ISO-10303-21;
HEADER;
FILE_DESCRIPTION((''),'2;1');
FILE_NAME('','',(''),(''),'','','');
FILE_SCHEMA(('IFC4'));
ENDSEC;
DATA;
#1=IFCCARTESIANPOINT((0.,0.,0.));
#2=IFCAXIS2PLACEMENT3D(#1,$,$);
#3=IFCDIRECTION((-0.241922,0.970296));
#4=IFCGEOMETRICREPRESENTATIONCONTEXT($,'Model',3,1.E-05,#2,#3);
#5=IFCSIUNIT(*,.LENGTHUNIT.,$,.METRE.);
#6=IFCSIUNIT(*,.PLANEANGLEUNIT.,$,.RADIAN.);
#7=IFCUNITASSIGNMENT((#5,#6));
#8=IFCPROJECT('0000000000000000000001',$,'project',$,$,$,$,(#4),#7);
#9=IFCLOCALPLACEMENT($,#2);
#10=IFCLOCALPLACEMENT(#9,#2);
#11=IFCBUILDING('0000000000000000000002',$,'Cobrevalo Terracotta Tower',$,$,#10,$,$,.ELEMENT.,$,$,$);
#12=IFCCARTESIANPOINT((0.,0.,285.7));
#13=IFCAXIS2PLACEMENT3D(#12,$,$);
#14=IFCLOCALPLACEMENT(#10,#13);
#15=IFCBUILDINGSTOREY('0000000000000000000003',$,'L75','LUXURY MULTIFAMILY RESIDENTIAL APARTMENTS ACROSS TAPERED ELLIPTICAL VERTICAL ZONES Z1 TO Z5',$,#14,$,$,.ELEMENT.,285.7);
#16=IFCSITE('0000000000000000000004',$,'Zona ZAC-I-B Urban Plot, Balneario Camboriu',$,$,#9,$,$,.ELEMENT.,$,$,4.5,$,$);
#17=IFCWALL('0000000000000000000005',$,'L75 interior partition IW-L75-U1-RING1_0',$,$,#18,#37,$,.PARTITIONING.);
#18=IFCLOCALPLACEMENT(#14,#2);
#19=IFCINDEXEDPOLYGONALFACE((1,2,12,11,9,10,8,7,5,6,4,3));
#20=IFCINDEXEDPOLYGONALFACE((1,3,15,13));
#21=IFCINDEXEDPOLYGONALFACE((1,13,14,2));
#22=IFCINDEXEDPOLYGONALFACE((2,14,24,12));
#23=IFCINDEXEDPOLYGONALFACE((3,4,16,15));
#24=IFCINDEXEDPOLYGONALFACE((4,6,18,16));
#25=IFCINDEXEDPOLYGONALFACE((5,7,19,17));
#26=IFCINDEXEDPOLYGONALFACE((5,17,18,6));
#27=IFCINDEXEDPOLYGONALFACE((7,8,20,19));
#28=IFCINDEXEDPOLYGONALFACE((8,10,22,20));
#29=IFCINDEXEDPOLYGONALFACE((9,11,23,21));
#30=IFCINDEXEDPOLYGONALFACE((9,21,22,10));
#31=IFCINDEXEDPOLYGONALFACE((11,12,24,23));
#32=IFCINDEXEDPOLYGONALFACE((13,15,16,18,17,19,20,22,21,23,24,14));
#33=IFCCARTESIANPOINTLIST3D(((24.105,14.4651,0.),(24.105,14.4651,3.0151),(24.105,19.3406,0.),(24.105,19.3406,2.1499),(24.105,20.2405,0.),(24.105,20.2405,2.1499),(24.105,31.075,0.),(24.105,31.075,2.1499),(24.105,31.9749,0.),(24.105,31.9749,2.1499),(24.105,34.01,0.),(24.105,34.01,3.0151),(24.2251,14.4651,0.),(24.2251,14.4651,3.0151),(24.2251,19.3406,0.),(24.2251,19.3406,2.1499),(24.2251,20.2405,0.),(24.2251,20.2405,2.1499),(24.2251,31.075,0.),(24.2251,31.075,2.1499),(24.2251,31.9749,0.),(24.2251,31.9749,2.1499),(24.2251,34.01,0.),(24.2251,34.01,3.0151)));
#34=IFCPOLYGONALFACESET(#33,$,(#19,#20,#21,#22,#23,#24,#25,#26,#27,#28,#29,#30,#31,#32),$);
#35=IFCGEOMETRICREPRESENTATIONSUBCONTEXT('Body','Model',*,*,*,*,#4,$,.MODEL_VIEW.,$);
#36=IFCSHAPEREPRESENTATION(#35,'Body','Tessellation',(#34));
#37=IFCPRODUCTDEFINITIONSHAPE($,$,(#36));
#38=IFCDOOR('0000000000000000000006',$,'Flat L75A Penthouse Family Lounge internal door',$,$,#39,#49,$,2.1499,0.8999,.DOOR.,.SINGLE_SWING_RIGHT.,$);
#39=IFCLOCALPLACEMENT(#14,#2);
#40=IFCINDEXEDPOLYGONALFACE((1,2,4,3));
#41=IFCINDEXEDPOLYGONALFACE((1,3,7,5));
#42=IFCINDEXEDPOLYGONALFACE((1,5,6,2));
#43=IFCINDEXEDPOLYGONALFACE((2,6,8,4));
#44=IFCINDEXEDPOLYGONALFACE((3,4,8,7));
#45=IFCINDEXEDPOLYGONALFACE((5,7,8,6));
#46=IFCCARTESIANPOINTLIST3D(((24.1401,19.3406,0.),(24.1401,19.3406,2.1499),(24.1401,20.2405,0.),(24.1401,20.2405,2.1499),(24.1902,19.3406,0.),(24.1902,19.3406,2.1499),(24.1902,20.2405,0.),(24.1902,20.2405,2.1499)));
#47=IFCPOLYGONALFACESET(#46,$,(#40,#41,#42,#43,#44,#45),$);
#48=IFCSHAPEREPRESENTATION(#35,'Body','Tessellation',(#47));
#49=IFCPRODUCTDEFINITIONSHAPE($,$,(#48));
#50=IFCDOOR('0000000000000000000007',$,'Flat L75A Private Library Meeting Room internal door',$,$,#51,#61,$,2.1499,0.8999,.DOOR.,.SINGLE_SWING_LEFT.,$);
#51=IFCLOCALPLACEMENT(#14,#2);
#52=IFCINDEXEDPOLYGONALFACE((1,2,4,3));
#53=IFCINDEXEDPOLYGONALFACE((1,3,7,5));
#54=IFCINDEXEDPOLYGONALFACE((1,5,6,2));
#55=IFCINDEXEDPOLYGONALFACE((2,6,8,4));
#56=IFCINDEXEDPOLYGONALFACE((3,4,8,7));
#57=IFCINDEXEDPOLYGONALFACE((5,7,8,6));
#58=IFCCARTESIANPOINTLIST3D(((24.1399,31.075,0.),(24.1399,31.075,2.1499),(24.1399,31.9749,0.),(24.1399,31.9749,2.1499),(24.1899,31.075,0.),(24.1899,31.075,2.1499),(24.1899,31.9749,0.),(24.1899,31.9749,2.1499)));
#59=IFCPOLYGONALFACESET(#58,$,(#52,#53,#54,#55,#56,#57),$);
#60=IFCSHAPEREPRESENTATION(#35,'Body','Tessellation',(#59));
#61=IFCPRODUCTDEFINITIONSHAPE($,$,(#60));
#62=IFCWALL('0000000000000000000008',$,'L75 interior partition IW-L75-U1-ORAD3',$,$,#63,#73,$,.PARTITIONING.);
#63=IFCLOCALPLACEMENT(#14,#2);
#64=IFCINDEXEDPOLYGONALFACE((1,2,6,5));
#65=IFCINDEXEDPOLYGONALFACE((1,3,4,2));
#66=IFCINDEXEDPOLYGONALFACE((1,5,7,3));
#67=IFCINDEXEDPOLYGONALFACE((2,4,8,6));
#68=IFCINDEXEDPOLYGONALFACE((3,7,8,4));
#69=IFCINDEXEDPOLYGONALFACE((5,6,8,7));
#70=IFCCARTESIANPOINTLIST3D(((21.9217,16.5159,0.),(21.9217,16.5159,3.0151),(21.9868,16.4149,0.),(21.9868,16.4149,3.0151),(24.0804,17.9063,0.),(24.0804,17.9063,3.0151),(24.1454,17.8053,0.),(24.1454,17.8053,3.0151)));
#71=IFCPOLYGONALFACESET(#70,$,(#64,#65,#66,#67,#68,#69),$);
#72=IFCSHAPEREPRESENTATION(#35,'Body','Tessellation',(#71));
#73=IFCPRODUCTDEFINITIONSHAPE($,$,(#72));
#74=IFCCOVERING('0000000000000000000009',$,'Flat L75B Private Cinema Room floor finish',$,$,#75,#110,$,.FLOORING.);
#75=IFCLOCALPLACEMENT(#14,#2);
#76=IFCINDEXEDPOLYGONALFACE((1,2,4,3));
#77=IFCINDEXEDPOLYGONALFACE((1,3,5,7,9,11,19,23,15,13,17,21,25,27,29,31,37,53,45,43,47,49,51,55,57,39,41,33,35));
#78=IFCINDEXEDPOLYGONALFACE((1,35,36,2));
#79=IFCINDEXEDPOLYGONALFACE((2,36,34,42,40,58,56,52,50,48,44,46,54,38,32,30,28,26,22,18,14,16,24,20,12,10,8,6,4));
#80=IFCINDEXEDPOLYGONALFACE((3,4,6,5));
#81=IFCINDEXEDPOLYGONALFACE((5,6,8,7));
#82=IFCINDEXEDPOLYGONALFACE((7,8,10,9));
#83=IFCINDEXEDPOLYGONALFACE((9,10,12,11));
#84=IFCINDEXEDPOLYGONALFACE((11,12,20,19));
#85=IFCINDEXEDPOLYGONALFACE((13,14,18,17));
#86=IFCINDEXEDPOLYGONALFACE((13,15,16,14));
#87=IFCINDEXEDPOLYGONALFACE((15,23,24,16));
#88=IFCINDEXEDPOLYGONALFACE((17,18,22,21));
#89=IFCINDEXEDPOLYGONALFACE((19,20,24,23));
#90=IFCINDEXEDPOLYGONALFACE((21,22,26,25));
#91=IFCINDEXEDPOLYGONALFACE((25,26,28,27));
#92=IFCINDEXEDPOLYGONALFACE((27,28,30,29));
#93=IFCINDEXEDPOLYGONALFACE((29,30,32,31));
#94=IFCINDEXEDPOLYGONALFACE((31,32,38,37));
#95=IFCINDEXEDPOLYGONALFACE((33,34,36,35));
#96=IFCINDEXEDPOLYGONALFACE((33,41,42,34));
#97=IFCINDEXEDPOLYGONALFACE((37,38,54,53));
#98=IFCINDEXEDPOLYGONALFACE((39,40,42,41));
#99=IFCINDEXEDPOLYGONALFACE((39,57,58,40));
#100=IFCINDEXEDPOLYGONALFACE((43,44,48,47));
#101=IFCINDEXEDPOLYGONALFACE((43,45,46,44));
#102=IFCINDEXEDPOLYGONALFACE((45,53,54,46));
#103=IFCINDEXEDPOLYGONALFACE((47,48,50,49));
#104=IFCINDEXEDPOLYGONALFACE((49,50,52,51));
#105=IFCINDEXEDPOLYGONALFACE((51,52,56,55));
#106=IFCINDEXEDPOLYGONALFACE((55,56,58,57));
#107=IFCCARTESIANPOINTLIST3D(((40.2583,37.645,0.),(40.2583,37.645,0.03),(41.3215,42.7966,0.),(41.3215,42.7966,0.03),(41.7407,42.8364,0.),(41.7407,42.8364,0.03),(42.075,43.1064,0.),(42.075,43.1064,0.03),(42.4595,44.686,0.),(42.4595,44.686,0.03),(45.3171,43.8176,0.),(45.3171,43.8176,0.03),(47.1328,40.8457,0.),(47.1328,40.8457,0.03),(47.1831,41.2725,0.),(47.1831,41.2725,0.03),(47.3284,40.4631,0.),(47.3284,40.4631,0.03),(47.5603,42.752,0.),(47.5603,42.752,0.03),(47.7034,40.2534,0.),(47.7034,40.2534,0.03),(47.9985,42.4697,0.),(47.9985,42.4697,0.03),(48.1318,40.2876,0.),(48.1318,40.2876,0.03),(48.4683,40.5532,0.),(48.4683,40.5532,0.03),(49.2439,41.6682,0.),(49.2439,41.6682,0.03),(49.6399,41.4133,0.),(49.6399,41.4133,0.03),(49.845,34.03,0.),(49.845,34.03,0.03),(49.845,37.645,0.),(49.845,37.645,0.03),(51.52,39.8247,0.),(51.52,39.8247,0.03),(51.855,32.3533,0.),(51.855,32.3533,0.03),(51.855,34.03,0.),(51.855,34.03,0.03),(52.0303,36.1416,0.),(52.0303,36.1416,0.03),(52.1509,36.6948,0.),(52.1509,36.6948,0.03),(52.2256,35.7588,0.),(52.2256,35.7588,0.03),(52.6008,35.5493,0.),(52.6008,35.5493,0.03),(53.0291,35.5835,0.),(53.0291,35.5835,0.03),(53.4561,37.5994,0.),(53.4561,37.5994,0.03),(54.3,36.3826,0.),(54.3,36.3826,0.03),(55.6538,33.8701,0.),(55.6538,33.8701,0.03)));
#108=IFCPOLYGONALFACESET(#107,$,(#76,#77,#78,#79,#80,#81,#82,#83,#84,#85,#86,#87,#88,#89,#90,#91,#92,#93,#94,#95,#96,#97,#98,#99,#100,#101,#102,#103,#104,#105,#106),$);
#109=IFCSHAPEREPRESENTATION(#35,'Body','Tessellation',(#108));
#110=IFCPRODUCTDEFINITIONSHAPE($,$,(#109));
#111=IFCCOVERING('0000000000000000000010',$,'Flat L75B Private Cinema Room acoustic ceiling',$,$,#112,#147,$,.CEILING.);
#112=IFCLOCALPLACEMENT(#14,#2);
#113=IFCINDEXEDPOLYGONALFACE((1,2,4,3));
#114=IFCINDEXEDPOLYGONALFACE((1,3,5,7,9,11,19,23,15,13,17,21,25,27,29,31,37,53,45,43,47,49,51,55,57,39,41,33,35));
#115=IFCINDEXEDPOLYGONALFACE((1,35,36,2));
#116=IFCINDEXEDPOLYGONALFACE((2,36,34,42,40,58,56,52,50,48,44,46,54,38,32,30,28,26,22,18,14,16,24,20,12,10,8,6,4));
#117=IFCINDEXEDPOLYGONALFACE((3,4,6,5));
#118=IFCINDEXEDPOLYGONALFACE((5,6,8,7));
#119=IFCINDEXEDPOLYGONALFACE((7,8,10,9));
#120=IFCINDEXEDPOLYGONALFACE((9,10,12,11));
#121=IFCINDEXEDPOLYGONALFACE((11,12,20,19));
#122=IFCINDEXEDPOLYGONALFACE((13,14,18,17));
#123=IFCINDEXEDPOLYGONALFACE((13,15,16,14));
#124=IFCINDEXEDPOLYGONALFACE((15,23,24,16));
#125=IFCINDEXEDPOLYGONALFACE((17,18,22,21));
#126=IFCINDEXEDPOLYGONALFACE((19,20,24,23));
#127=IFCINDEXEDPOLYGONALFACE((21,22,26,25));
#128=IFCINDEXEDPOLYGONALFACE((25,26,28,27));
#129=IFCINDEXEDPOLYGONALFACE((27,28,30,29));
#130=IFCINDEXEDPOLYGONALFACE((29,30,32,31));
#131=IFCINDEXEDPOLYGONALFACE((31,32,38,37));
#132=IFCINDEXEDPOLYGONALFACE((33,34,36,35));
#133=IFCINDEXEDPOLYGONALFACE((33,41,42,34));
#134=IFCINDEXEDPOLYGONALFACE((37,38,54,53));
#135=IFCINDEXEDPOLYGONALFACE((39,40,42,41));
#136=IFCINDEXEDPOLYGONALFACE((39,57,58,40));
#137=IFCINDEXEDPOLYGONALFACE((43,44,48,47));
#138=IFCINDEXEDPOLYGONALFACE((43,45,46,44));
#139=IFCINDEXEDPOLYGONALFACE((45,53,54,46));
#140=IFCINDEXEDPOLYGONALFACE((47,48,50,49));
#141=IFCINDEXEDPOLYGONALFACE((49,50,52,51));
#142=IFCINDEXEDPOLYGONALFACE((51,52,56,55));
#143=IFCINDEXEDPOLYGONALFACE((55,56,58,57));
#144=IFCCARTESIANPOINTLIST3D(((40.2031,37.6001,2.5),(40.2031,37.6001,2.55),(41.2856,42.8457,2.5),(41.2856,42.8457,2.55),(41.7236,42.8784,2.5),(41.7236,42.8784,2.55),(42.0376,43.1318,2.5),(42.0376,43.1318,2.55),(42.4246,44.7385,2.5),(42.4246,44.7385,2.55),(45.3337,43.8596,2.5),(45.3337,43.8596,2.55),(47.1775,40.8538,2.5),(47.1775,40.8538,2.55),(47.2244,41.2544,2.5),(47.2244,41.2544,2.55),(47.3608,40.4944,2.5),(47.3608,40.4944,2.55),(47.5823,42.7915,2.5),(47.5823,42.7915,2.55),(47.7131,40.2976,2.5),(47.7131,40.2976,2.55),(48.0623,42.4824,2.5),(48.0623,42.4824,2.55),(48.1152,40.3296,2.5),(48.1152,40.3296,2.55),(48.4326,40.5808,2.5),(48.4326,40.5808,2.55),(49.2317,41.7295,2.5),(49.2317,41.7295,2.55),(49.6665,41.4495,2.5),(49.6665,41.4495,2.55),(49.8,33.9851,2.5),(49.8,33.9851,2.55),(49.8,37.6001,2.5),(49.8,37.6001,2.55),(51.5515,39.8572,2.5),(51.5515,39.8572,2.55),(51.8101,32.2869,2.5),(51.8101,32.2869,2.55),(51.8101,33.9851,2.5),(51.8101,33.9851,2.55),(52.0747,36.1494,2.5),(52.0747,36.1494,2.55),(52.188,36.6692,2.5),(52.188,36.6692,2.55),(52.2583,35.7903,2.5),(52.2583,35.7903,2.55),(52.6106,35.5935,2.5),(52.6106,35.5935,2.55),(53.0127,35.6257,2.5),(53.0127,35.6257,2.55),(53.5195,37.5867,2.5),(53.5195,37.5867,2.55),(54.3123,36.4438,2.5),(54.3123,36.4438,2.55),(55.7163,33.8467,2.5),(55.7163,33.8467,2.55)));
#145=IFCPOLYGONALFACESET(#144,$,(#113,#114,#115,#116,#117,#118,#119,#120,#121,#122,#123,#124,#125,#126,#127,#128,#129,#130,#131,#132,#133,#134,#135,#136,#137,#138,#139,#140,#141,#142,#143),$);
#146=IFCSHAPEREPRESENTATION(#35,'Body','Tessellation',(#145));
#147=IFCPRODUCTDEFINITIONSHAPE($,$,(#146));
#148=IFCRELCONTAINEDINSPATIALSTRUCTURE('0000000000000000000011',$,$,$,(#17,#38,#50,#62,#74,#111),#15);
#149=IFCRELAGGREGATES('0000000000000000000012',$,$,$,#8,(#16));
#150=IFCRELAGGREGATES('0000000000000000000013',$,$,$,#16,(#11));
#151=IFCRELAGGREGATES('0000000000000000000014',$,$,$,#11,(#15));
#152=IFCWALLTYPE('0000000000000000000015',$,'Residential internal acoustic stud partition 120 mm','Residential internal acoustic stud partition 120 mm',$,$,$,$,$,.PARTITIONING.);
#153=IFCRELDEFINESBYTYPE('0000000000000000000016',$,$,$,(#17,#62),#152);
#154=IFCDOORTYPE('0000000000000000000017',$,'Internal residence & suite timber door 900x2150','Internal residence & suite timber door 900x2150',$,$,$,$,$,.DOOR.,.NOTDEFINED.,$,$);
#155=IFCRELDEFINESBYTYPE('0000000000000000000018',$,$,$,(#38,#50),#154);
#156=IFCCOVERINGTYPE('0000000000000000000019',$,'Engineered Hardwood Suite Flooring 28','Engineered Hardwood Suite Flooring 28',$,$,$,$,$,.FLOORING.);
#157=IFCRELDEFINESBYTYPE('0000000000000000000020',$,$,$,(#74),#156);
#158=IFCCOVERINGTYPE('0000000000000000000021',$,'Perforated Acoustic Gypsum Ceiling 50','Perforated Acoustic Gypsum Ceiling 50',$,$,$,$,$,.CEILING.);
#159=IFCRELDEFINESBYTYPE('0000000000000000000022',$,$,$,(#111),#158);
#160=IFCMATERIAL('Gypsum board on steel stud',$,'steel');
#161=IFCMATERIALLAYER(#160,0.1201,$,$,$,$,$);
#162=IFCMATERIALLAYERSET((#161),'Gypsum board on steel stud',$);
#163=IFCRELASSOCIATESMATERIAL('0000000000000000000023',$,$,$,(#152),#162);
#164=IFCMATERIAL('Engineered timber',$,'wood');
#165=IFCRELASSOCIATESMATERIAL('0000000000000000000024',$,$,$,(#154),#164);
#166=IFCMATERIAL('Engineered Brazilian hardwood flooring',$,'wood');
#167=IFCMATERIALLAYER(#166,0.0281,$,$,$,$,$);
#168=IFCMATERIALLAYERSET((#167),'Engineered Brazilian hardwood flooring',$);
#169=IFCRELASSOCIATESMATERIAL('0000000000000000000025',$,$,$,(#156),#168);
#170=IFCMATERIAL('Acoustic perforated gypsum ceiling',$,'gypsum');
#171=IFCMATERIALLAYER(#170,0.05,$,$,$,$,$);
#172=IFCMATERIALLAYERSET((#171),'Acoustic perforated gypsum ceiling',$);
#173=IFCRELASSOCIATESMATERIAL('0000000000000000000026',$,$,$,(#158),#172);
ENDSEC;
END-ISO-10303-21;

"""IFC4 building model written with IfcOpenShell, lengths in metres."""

from ifc_helpers import new_model, si_unit, direction, frame, frame_2d, origin, place, context, subcontext, project, spatial, polyline, rectangle, outline, extrude, source, transform, mapped, material, layer, layer_set, type_object, element, fill, save


model = new_model("IFC4")

# Units and contexts
model_context = context("Model", 3, precision=1e-05, world=origin(), true_north=direction((-0.241922, 0.970296)))
body_context = subcontext(model_context, "Body", "Model", "MODEL_VIEW")
ifc_project = project(units=[si_unit("LENGTHUNIT", "METRE"), si_unit("PLANEANGLEUNIT", "RADIAN")], contexts=[model_context])

# Site, building, storey
site_placement = place(None, origin())
site = spatial("IfcSite", under=ifc_project, at=site_placement, Name="Zona ZAC-I-B Urban Plot, Balneario Camboriu", CompositionType="ELEMENT", RefElevation=4.5)
building_placement = place(site_placement, origin())
building = spatial("IfcBuilding", under=site, at=building_placement, Name="Cobrevalo Terracotta Tower", CompositionType="ELEMENT")
storey_placement = place(building_placement, frame((0.0, 0.0, 285.7)))
storey = spatial("IfcBuildingStorey", under=building, at=storey_placement, Name="L75", Description="LUXURY MULTIFAMILY RESIDENTIAL APARTMENTS ACROSS TAPERED ELLIPTICAL VERTICAL ZONES Z1 TO Z5", CompositionType="ELEMENT", Elevation=285.7)

# Wall, openings, doors
ifc_material_1 = material(Name="Gypsum board on steel stud", Category="steel")
ifc_layer_1 = layer(ifc_material_1, 0.1201)
ifc_layer_set_1 = layer_set([ifc_layer_1], Name="Gypsum board on steel stud")
wall_type_1 = type_object("IfcWallType", Name="Residential internal acoustic stud partition 120 mm", Description="Residential internal acoustic stud partition 120 mm", PredefinedType="PARTITIONING", material=ifc_layer_set_1)
wall_1_placement = place(storey_placement, frame((24.165, 14.4651, 0.0), z_axis=(0.0, 0.0, 1.0), x_axis=(0.0, 1.0, 0.0)))
wall_1 = element("IfcWall", 1, at=wall_1_placement, inside=storey, type_object=wall_type_1, Name="L75 interior partition IW-L75-U1-RING1_0", PredefinedType="PARTITIONING", context=body_context, shape_type="SweptSolid", body=[
    extrude(rectangle(XDim=19.5449, YDim=0.1201, at=frame_2d((9.7725, 0.0))), origin(), (0.0, 0.0, 1.0), 3.0151),
])
opening_1_placement = place(wall_1_placement, frame((4.8755, 0.0, 0.0)))
opening_1 = element("IfcOpeningElement", 2, at=opening_1_placement, cuts=wall_1, PredefinedType="OPENING", context=body_context, shape_type="SweptSolid", body=[
    extrude(rectangle(XDim=0.8999, YDim=2.1499, at=frame_2d((0.45, 1.075))), frame((0.0, 0.0701, 0.0), z_axis=(0.0, -1.0, 0.0), x_axis=(1.0, 0.0, 0.0)), (0.0, 0.0, 1.0), 0.1401),
])
opening_2_placement = place(wall_1_placement, frame((16.6099, 0.0, 0.0)))
opening_2 = element("IfcOpeningElement", 3, at=opening_2_placement, cuts=wall_1, PredefinedType="OPENING", context=body_context, shape_type="SweptSolid", body=[
    extrude(rectangle(XDim=0.8999, YDim=2.1499, at=frame_2d((0.45, 1.075))), frame((0.0, 0.0701, 0.0), z_axis=(0.0, -1.0, 0.0), x_axis=(1.0, 0.0, 0.0)), (0.0, 0.0, 1.0), 0.1401),
])
ifc_material_2 = material(Name="Engineered timber", Category="wood")
door_type = type_object("IfcDoorType", Name="Internal residence & suite timber door 900x2150", Description="Internal residence & suite timber door 900x2150", OperationType="NOTDEFINED", PredefinedType="DOOR", material=ifc_material_2)
shared_shape_1 = source(origin(), body_context, "Body", "SweptSolid", [
    extrude(rectangle(XDim=0.8999, YDim=2.1499, at=frame_2d((0.45, 1.075))), frame((0.0, 0.0249, 0.0), z_axis=(0.0, -1.0, 0.0), x_axis=(1.0, 0.0, 0.0)), (0.0, 0.0, 1.0), 0.05),
])
door_1_placement = place(opening_1_placement, origin())
door_1 = element("IfcDoor", 4, at=door_1_placement, inside=storey, type_object=door_type, Name="Flat L75A Penthouse Family Lounge internal door", OperationType="SINGLE_SWING_RIGHT", OverallHeight=2.1499, OverallWidth=0.8999, PredefinedType="DOOR", context=body_context, shape_type="MappedRepresentation", body=[
    mapped(shared_shape_1, transform((0.0, 0.0, 0.0), scale=1.0)),
])
fill(opening_1, door_1)
door_2_placement = place(opening_2_placement, frame((0.8999, 0.0, 0.0), z_axis=(0.0, 0.0, 1.0), x_axis=(-1.0, 0.0, 0.0)))
door_2 = element("IfcDoor", 5, at=door_2_placement, inside=storey, type_object=door_type, Name="Flat L75A Private Library Meeting Room internal door", OperationType="SINGLE_SWING_LEFT", OverallHeight=2.1499, OverallWidth=0.8999, PredefinedType="DOOR", context=body_context, shape_type="MappedRepresentation", body=[
    mapped(shared_shape_1, transform((0.0, 0.0, 0.0), scale=1.0)),
])
fill(opening_2, door_2)

# Wall
wall_2_placement = place(storey_placement, frame((24.1128, 17.8557, 0.0), z_axis=(0.0, 0.0, 1.0), x_axis=(-0.840709, -0.541488, 0.0)))
element("IfcWall", 6, at=wall_2_placement, inside=storey, type_object=wall_type_1, Name="L75 interior partition IW-L75-U1-ORAD3", PredefinedType="PARTITIONING", context=body_context, shape_type="SweptSolid", body=[
    extrude(rectangle(XDim=2.5676, YDim=0.1201, at=frame_2d((1.2837, 0.0))), origin(), (0.0, 0.0, 1.0), 3.0151),
])

# Coverings
ifc_material_3 = material(Name="Engineered Brazilian hardwood flooring", Category="wood")
ifc_layer_2 = layer(ifc_material_3, 0.0281)
ifc_layer_set_2 = layer_set([ifc_layer_2], Name="Engineered Brazilian hardwood flooring")
covering_type_1 = type_object("IfcCoveringType", Name="Engineered Hardwood Suite Flooring 28", Description="Engineered Hardwood Suite Flooring 28", PredefinedType="FLOORING", material=ifc_layer_set_2)
covering_1_placement = place(storey_placement, origin())
element("IfcCovering", 7, at=covering_1_placement, inside=storey, type_object=covering_type_1, Name="Flat L75B Private Cinema Room floor finish", PredefinedType="FLOORING", context=body_context, shape_type="SweptSolid", body=[
    extrude(outline(polyline([(41.3215, 42.7966), (41.7407, 42.8364), (42.075, 43.1064), (42.4595, 44.686), (45.3171, 43.8176), (47.5603, 42.752), (47.9985, 42.4697), (47.1831, 41.2725), (47.1328, 40.8457), (47.3284, 40.4631), (47.7034, 40.2534), (48.1318, 40.2876), (48.4683, 40.5532), (49.2439, 41.6682), (49.6399, 41.4133), (51.52, 39.8247), (53.4561, 37.5994), (52.1509, 36.6948), (52.0303, 36.1416), (52.2256, 35.7588), (52.6008, 35.5493), (53.0291, 35.5835), (54.3, 36.3826), (55.6538, 33.8701), (51.855, 32.3533), (51.855, 34.03), (49.845, 34.03), (49.845, 37.645), (40.2583, 37.645), (41.3215, 42.7966)])), origin(), (0.0, 0.0, 1.0), 0.03),
])
ifc_material_4 = material(Name="Acoustic perforated gypsum ceiling", Category="gypsum")
ifc_layer_3 = layer(ifc_material_4, 0.05)
ifc_layer_set_3 = layer_set([ifc_layer_3], Name="Acoustic perforated gypsum ceiling")
covering_type_2 = type_object("IfcCoveringType", Name="Perforated Acoustic Gypsum Ceiling 50", Description="Perforated Acoustic Gypsum Ceiling 50", PredefinedType="CEILING", material=ifc_layer_set_3)
covering_2_placement = place(storey_placement, frame((0.0, 0.0, 2.5)))
element("IfcCovering", 8, at=covering_2_placement, inside=storey, type_object=covering_type_2, Name="Flat L75B Private Cinema Room acoustic ceiling", PredefinedType="CEILING", context=body_context, shape_type="SweptSolid", body=[
    extrude(outline(polyline([(41.2856, 42.8457), (41.7236, 42.8784), (42.0376, 43.1318), (42.4246, 44.7385), (45.3337, 43.8596), (47.5823, 42.7915), (48.0623, 42.4824), (47.2244, 41.2544), (47.1775, 40.8538), (47.3608, 40.4944), (47.7131, 40.2976), (48.1152, 40.3296), (48.4326, 40.5808), (49.2317, 41.7295), (49.6665, 41.4495), (51.5515, 39.8572), (53.5195, 37.5867), (52.188, 36.6692), (52.0747, 36.1494), (52.2583, 35.7903), (52.6106, 35.5935), (53.0127, 35.6257), (54.3123, 36.4438), (55.7163, 33.8467), (51.8101, 32.2869), (51.8101, 33.9851), (49.8, 33.9851), (49.8, 37.6001), (40.2031, 37.6001), (41.2856, 42.8457)])), origin(), (0.0, 0.0, 1.0), 0.05),
])

save(model, "model.ifc")
